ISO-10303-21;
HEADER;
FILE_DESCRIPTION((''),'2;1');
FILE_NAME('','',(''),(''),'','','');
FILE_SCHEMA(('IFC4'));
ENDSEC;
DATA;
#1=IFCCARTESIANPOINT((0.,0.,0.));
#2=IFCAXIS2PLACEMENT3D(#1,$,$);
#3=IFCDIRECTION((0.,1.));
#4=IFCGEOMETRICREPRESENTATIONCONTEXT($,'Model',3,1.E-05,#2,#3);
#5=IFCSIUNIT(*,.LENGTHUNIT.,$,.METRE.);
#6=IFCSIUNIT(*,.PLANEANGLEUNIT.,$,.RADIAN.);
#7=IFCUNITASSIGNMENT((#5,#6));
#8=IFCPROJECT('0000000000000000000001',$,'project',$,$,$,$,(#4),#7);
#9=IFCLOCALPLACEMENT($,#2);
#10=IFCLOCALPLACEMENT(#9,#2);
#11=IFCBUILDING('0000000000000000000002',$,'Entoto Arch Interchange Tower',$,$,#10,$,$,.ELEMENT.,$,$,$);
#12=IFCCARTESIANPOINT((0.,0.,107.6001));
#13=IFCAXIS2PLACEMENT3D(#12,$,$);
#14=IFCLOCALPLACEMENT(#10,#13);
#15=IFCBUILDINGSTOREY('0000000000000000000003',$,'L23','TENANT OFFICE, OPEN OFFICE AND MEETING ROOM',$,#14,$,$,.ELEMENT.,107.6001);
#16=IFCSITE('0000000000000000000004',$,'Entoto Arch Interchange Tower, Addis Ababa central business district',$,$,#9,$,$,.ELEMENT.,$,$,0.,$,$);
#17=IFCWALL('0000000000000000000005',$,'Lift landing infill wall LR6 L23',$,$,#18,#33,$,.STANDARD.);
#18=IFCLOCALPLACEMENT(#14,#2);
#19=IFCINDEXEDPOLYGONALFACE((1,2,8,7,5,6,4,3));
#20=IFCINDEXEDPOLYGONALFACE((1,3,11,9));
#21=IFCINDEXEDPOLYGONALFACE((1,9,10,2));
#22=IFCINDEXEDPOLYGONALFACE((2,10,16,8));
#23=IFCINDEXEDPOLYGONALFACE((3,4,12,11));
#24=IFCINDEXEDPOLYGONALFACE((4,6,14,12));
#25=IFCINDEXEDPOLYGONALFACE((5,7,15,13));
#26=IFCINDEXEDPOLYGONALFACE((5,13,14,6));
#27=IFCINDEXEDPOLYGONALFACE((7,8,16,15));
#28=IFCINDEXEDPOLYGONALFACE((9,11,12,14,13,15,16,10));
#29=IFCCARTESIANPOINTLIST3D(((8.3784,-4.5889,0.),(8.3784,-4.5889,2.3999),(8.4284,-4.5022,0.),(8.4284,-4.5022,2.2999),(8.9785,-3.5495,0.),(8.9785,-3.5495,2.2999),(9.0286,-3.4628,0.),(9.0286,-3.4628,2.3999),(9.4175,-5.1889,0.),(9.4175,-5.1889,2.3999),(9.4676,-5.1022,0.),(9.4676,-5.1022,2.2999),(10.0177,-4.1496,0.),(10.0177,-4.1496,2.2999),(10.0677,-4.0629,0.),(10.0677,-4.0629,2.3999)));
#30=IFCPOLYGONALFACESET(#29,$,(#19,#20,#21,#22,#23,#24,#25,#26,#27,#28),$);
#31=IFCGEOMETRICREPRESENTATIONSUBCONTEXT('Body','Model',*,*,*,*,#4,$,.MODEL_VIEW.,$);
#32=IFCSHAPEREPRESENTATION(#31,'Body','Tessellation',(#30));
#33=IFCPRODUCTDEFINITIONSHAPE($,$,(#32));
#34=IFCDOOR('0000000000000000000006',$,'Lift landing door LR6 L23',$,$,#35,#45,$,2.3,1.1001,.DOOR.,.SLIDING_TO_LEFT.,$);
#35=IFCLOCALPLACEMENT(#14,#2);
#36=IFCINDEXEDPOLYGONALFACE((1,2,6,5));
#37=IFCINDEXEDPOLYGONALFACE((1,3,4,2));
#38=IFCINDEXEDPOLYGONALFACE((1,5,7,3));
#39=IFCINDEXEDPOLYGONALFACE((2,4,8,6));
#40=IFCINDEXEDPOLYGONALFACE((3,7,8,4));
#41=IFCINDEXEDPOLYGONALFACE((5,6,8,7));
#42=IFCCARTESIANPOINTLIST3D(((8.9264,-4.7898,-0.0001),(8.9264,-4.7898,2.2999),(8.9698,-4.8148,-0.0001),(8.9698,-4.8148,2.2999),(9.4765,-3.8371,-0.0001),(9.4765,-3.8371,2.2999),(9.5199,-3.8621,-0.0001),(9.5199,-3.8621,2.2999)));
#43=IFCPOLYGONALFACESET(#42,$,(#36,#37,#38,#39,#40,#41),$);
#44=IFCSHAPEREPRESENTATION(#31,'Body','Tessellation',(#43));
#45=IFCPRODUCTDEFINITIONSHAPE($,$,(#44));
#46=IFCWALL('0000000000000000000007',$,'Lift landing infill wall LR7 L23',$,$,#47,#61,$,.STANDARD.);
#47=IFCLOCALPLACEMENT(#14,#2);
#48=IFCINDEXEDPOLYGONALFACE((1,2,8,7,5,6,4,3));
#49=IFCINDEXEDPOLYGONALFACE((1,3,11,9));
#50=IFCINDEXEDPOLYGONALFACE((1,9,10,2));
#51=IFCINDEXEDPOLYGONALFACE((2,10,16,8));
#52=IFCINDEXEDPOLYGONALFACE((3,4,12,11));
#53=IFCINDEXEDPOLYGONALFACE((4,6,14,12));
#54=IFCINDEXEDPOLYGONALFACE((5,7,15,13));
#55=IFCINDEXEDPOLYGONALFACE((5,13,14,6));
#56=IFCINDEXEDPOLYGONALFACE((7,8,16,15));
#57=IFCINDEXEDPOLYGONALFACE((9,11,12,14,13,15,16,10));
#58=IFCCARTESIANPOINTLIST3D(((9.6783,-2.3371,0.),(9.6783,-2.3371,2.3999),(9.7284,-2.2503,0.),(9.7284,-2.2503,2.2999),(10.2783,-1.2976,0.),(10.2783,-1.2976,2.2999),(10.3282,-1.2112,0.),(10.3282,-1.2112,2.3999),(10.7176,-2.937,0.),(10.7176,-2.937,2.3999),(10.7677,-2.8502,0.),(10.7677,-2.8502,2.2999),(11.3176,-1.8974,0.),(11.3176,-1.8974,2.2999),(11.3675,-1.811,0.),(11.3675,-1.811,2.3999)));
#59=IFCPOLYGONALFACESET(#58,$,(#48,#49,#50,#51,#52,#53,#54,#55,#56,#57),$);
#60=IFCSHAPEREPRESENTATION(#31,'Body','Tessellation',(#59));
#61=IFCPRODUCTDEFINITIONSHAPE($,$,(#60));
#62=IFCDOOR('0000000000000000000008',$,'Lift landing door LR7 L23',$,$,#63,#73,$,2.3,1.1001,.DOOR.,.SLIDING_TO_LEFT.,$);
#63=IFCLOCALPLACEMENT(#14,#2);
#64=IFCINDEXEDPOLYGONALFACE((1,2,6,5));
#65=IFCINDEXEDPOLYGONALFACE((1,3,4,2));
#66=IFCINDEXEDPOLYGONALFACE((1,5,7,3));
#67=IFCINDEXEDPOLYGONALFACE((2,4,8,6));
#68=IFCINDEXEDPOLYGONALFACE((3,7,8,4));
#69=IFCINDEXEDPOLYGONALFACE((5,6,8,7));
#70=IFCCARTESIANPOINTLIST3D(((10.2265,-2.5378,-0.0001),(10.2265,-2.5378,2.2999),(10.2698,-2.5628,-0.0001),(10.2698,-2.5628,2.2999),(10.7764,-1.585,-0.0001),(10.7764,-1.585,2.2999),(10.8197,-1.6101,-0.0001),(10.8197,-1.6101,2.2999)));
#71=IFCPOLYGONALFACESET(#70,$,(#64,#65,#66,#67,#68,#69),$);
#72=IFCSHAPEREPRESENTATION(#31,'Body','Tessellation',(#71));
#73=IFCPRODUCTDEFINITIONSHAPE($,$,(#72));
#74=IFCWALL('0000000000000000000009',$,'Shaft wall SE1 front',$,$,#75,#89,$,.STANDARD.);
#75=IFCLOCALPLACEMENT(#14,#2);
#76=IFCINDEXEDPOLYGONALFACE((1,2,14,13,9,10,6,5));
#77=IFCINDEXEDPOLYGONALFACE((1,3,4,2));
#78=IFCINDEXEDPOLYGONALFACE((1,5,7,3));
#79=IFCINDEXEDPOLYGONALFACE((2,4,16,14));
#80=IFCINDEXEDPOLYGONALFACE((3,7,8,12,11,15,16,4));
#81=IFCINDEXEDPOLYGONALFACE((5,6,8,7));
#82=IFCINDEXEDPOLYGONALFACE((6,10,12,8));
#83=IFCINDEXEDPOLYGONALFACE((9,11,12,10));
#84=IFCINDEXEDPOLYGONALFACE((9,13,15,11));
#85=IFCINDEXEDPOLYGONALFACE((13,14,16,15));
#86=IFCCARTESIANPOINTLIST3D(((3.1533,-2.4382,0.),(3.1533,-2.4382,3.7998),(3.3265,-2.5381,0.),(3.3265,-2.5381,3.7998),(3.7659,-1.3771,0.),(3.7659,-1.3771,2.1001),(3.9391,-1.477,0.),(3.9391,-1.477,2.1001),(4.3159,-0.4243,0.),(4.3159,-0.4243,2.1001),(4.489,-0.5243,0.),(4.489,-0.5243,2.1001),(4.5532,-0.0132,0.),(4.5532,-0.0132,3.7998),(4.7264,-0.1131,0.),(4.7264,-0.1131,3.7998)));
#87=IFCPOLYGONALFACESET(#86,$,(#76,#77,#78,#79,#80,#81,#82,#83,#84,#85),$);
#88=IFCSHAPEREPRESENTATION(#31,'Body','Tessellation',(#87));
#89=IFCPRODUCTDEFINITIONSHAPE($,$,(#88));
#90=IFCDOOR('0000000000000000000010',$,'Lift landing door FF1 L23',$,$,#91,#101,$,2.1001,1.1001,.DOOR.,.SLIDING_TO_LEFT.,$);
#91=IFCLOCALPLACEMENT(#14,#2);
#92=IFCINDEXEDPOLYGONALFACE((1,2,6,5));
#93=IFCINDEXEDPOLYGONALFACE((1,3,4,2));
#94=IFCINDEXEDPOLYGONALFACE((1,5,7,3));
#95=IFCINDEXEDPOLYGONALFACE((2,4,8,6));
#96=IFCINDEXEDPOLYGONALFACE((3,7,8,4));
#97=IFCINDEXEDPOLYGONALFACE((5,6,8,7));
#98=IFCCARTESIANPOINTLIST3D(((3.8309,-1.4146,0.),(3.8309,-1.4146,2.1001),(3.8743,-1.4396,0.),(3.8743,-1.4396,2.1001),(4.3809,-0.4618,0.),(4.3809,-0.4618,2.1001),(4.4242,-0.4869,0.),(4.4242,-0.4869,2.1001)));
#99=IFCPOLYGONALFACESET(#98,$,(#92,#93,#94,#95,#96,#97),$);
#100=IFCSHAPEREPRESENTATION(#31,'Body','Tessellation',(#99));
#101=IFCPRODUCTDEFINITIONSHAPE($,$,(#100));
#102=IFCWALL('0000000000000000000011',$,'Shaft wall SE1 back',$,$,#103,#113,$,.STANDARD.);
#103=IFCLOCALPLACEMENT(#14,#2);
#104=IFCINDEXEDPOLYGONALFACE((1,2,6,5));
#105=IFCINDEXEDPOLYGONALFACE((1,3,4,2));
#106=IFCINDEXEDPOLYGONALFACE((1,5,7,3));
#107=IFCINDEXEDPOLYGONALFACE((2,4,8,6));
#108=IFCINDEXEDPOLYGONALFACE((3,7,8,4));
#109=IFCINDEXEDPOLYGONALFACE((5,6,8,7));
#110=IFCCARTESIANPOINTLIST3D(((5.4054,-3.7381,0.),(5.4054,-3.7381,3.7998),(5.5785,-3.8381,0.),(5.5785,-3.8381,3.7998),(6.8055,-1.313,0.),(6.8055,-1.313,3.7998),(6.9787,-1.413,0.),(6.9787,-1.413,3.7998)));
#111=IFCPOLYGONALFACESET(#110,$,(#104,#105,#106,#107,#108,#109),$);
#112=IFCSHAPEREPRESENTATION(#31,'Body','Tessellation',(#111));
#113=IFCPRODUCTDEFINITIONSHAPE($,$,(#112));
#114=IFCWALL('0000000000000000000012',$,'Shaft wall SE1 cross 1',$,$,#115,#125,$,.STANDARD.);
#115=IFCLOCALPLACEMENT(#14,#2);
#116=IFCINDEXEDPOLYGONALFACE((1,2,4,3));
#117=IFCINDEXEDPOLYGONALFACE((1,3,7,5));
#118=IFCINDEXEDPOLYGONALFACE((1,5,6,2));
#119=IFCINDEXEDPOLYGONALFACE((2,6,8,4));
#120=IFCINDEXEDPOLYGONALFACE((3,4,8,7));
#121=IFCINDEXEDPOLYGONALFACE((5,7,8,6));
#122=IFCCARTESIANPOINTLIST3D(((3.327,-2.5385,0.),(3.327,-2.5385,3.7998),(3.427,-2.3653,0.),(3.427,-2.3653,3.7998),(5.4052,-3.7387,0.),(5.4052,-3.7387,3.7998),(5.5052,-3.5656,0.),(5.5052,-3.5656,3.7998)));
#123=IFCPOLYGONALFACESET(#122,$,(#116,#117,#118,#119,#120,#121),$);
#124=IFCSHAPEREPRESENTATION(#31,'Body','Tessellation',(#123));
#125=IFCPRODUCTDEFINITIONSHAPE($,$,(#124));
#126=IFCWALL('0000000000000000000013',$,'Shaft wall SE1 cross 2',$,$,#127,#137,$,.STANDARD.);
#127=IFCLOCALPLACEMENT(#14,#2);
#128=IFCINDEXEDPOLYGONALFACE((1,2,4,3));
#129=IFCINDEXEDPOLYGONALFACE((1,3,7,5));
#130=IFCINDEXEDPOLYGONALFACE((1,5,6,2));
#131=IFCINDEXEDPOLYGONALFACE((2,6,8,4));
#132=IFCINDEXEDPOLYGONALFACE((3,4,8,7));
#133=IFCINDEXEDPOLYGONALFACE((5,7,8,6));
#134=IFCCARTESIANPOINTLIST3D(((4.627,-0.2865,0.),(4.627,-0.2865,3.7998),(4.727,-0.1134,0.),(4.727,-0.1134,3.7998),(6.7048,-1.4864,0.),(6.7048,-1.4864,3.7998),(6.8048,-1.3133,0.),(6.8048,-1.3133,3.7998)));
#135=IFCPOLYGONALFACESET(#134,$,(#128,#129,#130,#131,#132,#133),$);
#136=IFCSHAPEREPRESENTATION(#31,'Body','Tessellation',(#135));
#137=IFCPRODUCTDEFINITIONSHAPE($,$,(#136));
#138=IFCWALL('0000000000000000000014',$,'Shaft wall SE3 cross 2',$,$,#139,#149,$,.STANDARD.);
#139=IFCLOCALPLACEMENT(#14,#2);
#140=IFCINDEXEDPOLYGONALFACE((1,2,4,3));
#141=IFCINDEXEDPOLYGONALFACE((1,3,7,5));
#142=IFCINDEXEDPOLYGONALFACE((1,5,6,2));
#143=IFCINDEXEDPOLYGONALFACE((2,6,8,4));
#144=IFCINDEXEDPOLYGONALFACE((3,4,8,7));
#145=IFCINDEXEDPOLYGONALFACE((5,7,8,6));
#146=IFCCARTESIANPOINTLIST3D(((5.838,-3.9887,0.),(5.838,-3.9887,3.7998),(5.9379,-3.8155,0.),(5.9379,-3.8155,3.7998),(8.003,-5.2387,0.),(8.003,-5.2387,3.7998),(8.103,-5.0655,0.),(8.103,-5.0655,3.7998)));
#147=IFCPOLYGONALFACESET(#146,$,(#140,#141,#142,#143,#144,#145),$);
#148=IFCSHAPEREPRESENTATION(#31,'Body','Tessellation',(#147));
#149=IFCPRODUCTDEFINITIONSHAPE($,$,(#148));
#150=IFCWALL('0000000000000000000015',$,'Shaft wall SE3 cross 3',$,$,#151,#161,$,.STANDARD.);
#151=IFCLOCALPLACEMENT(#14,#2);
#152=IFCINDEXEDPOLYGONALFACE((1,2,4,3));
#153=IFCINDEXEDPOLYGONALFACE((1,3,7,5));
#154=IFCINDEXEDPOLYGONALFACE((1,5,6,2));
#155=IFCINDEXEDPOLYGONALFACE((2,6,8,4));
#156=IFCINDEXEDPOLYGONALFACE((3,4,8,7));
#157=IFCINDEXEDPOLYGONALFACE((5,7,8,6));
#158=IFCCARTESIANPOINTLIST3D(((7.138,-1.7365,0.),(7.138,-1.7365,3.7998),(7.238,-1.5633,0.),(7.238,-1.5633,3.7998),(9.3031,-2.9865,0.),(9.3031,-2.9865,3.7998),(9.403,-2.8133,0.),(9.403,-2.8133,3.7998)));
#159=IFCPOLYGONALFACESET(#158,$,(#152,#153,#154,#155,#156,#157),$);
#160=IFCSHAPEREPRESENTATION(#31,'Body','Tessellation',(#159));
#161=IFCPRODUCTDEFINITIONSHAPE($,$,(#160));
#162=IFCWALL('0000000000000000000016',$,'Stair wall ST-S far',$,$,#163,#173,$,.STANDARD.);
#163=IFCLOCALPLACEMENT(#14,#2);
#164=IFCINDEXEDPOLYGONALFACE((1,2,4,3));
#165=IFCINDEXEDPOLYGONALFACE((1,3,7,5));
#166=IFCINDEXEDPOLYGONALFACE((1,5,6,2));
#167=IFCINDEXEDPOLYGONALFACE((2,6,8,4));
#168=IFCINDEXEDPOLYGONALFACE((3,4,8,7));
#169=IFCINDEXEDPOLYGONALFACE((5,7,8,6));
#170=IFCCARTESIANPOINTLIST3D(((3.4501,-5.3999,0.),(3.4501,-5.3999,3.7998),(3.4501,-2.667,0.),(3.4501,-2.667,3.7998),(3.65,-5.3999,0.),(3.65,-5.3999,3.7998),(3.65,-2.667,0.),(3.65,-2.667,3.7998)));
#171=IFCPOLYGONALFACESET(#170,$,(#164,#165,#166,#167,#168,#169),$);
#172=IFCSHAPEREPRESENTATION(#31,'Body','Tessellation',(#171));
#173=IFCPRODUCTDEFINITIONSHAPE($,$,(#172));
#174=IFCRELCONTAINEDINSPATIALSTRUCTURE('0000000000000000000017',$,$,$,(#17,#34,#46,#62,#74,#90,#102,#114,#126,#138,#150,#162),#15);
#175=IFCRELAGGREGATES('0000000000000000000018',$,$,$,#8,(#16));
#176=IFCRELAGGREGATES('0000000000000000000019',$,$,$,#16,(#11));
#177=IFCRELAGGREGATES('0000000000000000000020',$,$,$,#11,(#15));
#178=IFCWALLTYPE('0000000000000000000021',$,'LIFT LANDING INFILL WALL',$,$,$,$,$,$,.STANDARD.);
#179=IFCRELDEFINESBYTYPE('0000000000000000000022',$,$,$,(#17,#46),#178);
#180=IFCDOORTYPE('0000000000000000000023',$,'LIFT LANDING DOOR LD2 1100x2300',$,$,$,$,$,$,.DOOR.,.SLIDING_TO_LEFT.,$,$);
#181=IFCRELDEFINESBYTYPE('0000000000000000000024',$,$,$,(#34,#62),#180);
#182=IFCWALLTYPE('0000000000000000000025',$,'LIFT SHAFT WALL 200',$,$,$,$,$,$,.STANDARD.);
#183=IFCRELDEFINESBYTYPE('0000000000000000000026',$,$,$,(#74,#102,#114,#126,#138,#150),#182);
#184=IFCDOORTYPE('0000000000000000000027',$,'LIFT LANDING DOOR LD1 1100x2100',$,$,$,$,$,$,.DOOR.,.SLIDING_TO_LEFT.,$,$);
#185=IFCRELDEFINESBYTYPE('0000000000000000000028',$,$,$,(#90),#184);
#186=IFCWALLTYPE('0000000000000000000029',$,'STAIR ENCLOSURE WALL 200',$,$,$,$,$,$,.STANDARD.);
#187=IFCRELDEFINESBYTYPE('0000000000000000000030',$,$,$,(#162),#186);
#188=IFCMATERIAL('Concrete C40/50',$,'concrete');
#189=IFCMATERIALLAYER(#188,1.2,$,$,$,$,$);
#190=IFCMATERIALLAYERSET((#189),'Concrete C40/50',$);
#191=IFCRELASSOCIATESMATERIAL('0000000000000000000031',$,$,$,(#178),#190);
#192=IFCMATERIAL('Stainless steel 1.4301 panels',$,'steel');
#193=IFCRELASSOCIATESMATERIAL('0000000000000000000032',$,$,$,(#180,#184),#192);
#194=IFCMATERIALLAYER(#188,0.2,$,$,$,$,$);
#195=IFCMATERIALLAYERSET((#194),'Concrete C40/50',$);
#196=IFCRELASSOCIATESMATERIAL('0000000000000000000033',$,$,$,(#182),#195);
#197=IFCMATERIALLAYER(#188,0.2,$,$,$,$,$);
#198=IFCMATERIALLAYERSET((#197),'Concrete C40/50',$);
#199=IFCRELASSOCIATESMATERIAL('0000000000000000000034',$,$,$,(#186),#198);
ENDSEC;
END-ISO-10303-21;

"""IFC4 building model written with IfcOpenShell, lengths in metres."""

from ifc_helpers import new_model, si_unit, direction, frame, frame_2d, origin, place, context, subcontext, project, spatial, rectangle, extrude, material, layer, layer_set, type_object, element, fill, save


model = new_model("IFC4")

# Units and contexts
model_context = context("Model", 3, precision=1e-05, world=origin(), true_north=direction((0.0, 1.0)))
body_context = subcontext(model_context, "Body", "Model", "MODEL_VIEW")
ifc_project = project(units=[si_unit("LENGTHUNIT", "METRE"), si_unit("PLANEANGLEUNIT", "RADIAN")], contexts=[model_context])

# Site, building, storey
site_placement = place(None, origin())
site = spatial("IfcSite", under=ifc_project, at=site_placement, Name="Entoto Arch Interchange Tower, Addis Ababa central business district", CompositionType="ELEMENT", RefElevation=0.0)
building_placement = place(site_placement, origin())
building = spatial("IfcBuilding", under=site, at=building_placement, Name="Entoto Arch Interchange Tower", CompositionType="ELEMENT")
storey_placement = place(building_placement, frame((0.0, 0.0, 107.6001)))
storey = spatial("IfcBuildingStorey", under=building, at=storey_placement, Name="L23", Description="TENANT OFFICE, OPEN OFFICE AND MEETING ROOM", CompositionType="ELEMENT", Elevation=107.6001)

# Walls, openings, doors
ifc_material_1 = material(Name="Concrete C40/50", Category="concrete")
ifc_layer_1 = layer(ifc_material_1, 1.2)
ifc_layer_set_1 = layer_set([ifc_layer_1], Name="Concrete C40/50")
wall_type_1 = type_object("IfcWallType", Name="LIFT LANDING INFILL WALL", PredefinedType="STANDARD", material=ifc_layer_set_1)
wall_1_placement = place(storey_placement, frame((8.8979, -4.8889, 0.0), z_axis=(0.0, 0.0, 1.0), x_axis=(0.500037, 0.866004, 0.0)))
wall_1 = element("IfcWall", 1, at=wall_1_placement, inside=storey, type_object=wall_type_1, Name="Lift landing infill wall LR6 L23", PredefinedType="STANDARD", context=body_context, shape_type="SweptSolid", body=[
    extrude(rectangle(XDim=1.3003, YDim=1.2, at=frame_2d((0.6501, 0.0))), origin(), (0.0, 0.0, 1.0), 2.3999),
])
opening_1_placement = place(wall_1_placement, frame((0.1001, 0.0, 0.0)))
opening_1 = element("IfcOpeningElement", 2, at=opening_1_placement, cuts=wall_1, PredefinedType="OPENING", context=body_context, shape_type="SweptSolid", body=[
    extrude(rectangle(XDim=1.1001, YDim=2.3, at=frame_2d((0.55, 1.1499))), frame((0.0, 0.6099, 0.0), z_axis=(0.0, -1.0, 0.0), x_axis=(1.0, 0.0, 0.0)), (0.0, 0.0, 1.0), 1.22),
])
ifc_material_2 = material(Name="Stainless steel 1.4301 panels", Category="steel")
door_type_1 = type_object("IfcDoorType", Name="LIFT LANDING DOOR LD2 1100x2300", OperationType="SLIDING_TO_LEFT", PredefinedType="DOOR", material=ifc_material_2)
door_1_placement = place(opening_1_placement, origin())
door_1 = element("IfcDoor", 3, at=door_1_placement, inside=storey, type_object=door_type_1, Name="Lift landing door LR6 L23", OperationType="SLIDING_TO_LEFT", OverallHeight=2.3, OverallWidth=1.1001, PredefinedType="DOOR", context=body_context, shape_type="SweptSolid", body=[
    extrude(rectangle(XDim=1.1001, YDim=2.3, at=frame_2d((0.55, 1.1499))), frame((0.0, 0.0249, 0.0), z_axis=(0.0, -1.0, 0.0), x_axis=(1.0, 0.0, 0.0)), (0.0, 0.0, 1.0), 0.05),
])
fill(opening_1, door_1)
wall_2_placement = place(storey_placement, frame((10.198, -2.637, 0.0), z_axis=(0.0, 0.0, 1.0), x_axis=(0.499896, 0.866086, 0.0)))
wall_2 = element("IfcWall", 4, at=wall_2_placement, inside=storey, type_object=wall_type_1, Name="Lift landing infill wall LR7 L23", PredefinedType="STANDARD", context=body_context, shape_type="SweptSolid", body=[
    extrude(rectangle(XDim=1.3, YDim=1.2, at=frame_2d((0.6499, 0.0))), origin(), (0.0, 0.0, 1.0), 2.3999),
])
opening_2_placement = place(wall_2_placement, frame((0.1001, 0.0, 0.0)))
opening_2 = element("IfcOpeningElement", 5, at=opening_2_placement, cuts=wall_2, PredefinedType="OPENING", context=body_context, shape_type="SweptSolid", body=[
    extrude(rectangle(XDim=1.1001, YDim=2.3, at=frame_2d((0.55, 1.1499))), frame((0.0, 0.6099, 0.0), z_axis=(0.0, -1.0, 0.0), x_axis=(1.0, 0.0, 0.0)), (0.0, 0.0, 1.0), 1.22),
])
door_2_placement = place(opening_2_placement, origin())
door_2 = element("IfcDoor", 6, at=door_2_placement, inside=storey, type_object=door_type_1, Name="Lift landing door LR7 L23", OperationType="SLIDING_TO_LEFT", OverallHeight=2.3, OverallWidth=1.1001, PredefinedType="DOOR", context=body_context, shape_type="SweptSolid", body=[
    extrude(rectangle(XDim=1.1001, YDim=2.3, at=frame_2d((0.55, 1.1499))), frame((0.0, 0.0249, 0.0), z_axis=(0.0, -1.0, 0.0), x_axis=(1.0, 0.0, 0.0)), (0.0, 0.0, 1.0), 0.05),
])
fill(opening_2, door_2)
ifc_layer_2 = layer(ifc_material_1, 0.2)
ifc_layer_set_2 = layer_set([ifc_layer_2], Name="Concrete C40/50")
wall_type_2 = type_object("IfcWallType", Name="LIFT SHAFT WALL 200", PredefinedType="STANDARD", material=ifc_layer_set_2)
wall_3_placement = place(storey_placement, frame((3.24, -2.488, 0.0), z_axis=(0.0, 0.0, 1.0), x_axis=(0.499946, 0.866056, 0.0)))
wall_3 = element("IfcWall", 7, at=wall_3_placement, inside=storey, type_object=wall_type_2, Name="Shaft wall SE1 front", PredefinedType="STANDARD", context=body_context, shape_type="SweptSolid", body=[
    extrude(rectangle(XDim=2.8, YDim=0.2, at=frame_2d((1.3999, 0.0))), origin(), (0.0, 0.0, 1.0), 3.7998),
])
opening_3_placement = place(wall_3_placement, frame((1.2251, 0.0, 0.0)))
opening_3 = element("IfcOpeningElement", 8, at=opening_3_placement, cuts=wall_3, PredefinedType="OPENING", context=body_context, shape_type="SweptSolid", body=[
    extrude(rectangle(XDim=1.1001, YDim=2.1001, at=frame_2d((0.55, 1.05))), frame((0.0, 0.1099, 0.0), z_axis=(0.0, -1.0, 0.0), x_axis=(1.0, 0.0, 0.0)), (0.0, 0.0, 1.0), 0.22),
])
door_type_2 = type_object("IfcDoorType", Name="LIFT LANDING DOOR LD1 1100x2100", OperationType="SLIDING_TO_LEFT", PredefinedType="DOOR", material=ifc_material_2)
door_3_placement = place(opening_3_placement, origin())
door_3 = element("IfcDoor", 9, at=door_3_placement, inside=storey, type_object=door_type_2, Name="Lift landing door FF1 L23", OperationType="SLIDING_TO_LEFT", OverallHeight=2.1001, OverallWidth=1.1001, PredefinedType="DOOR", context=body_context, shape_type="SweptSolid", body=[
    extrude(rectangle(XDim=1.1001, YDim=2.1001, at=frame_2d((0.55, 1.05))), frame((0.0, 0.0249, 0.0), z_axis=(0.0, -1.0, 0.0), x_axis=(1.0, 0.0, 0.0)), (0.0, 0.0, 1.0), 0.05),
])
fill(opening_3, door_3)

# Walls
wall_4_placement = place(storey_placement, frame((5.4919, -3.7881, 0.0), z_axis=(0.0, 0.0, 1.0), x_axis=(0.500012, 0.866019, 0.0)))
element("IfcWall", 10, at=wall_4_placement, inside=storey, type_object=wall_type_2, Name="Shaft wall SE1 back", PredefinedType="STANDARD", context=body_context, shape_type="SweptSolid", body=[
    extrude(rectangle(XDim=2.8003, YDim=0.2, at=frame_2d((1.4001, 0.0))), origin(), (0.0, 0.0, 1.0), 3.7998),
])
wall_5_placement = place(storey_placement, frame((3.377, -2.4519, 0.0), z_axis=(0.0, 0.0, 1.0), x_axis=(0.865955, -0.500122, 0.0)))
element("IfcWall", 11, at=wall_5_placement, inside=storey, type_object=wall_type_2, Name="Shaft wall SE1 cross 1", PredefinedType="STANDARD", context=body_context, shape_type="SweptSolid", body=[
    extrude(rectangle(XDim=2.3999, YDim=0.2, at=frame_2d((1.2, 0.0))), origin(), (0.0, 0.0, 1.0), 3.7998),
])
wall_6_placement = place(storey_placement, frame((4.677, -0.2, 0.0), z_axis=(0.0, 0.0, 1.0), x_axis=(0.865974, -0.500089, 0.0)))
element("IfcWall", 12, at=wall_6_placement, inside=storey, type_object=wall_type_2, Name="Shaft wall SE1 cross 2", PredefinedType="STANDARD", context=body_context, shape_type="SweptSolid", body=[
    extrude(rectangle(XDim=2.3994, YDim=0.2, at=frame_2d((1.1997, 0.0))), origin(), (0.0, 0.0, 1.0), 3.7998),
])
for number, where, z_axis, x_axis, name in (
    (13, (5.8879, -3.9021, 0.0), (0.0, 0.0, 1.0), (0.866023, -0.500004, 0.0), "Shaft wall SE3 cross 2"),
    (14, (7.188, -1.6499, 0.0), (0.0, 0.0, 1.0), (0.866023, -0.500004, 0.0), "Shaft wall SE3 cross 3"),
):
    element("IfcWall", number, at=place(storey_placement, frame(where, z_axis=z_axis, x_axis=x_axis)), inside=storey, type_object=wall_type_2, Name=name, PredefinedType="STANDARD", context=body_context, shape_type="SweptSolid", body=[
        extrude(rectangle(XDim=2.5, YDim=0.2, at=frame_2d((1.25, 0.0))), origin(), (0.0, 0.0, 1.0), 3.7998),
    ])
ifc_layer_3 = layer(ifc_material_1, 0.2)
ifc_layer_set_3 = layer_set([ifc_layer_3], Name="Concrete C40/50")
wall_type_3 = type_object("IfcWallType", Name="STAIR ENCLOSURE WALL 200", PredefinedType="STANDARD", material=ifc_layer_set_3)
wall_7_placement = place(storey_placement, frame((3.55, -2.667, 0.0), z_axis=(0.0, 0.0, 1.0), x_axis=(0.0, -1.0, 0.0)))
element("IfcWall", 15, at=wall_7_placement, inside=storey, type_object=wall_type_3, Name="Stair wall ST-S far", PredefinedType="STANDARD", context=body_context, shape_type="SweptSolid", body=[
    extrude(rectangle(XDim=2.7329, YDim=0.2, at=frame_2d((1.3665, 0.0))), origin(), (0.0, 0.0, 1.0), 3.7998),
])

save(model, "model.ifc")
